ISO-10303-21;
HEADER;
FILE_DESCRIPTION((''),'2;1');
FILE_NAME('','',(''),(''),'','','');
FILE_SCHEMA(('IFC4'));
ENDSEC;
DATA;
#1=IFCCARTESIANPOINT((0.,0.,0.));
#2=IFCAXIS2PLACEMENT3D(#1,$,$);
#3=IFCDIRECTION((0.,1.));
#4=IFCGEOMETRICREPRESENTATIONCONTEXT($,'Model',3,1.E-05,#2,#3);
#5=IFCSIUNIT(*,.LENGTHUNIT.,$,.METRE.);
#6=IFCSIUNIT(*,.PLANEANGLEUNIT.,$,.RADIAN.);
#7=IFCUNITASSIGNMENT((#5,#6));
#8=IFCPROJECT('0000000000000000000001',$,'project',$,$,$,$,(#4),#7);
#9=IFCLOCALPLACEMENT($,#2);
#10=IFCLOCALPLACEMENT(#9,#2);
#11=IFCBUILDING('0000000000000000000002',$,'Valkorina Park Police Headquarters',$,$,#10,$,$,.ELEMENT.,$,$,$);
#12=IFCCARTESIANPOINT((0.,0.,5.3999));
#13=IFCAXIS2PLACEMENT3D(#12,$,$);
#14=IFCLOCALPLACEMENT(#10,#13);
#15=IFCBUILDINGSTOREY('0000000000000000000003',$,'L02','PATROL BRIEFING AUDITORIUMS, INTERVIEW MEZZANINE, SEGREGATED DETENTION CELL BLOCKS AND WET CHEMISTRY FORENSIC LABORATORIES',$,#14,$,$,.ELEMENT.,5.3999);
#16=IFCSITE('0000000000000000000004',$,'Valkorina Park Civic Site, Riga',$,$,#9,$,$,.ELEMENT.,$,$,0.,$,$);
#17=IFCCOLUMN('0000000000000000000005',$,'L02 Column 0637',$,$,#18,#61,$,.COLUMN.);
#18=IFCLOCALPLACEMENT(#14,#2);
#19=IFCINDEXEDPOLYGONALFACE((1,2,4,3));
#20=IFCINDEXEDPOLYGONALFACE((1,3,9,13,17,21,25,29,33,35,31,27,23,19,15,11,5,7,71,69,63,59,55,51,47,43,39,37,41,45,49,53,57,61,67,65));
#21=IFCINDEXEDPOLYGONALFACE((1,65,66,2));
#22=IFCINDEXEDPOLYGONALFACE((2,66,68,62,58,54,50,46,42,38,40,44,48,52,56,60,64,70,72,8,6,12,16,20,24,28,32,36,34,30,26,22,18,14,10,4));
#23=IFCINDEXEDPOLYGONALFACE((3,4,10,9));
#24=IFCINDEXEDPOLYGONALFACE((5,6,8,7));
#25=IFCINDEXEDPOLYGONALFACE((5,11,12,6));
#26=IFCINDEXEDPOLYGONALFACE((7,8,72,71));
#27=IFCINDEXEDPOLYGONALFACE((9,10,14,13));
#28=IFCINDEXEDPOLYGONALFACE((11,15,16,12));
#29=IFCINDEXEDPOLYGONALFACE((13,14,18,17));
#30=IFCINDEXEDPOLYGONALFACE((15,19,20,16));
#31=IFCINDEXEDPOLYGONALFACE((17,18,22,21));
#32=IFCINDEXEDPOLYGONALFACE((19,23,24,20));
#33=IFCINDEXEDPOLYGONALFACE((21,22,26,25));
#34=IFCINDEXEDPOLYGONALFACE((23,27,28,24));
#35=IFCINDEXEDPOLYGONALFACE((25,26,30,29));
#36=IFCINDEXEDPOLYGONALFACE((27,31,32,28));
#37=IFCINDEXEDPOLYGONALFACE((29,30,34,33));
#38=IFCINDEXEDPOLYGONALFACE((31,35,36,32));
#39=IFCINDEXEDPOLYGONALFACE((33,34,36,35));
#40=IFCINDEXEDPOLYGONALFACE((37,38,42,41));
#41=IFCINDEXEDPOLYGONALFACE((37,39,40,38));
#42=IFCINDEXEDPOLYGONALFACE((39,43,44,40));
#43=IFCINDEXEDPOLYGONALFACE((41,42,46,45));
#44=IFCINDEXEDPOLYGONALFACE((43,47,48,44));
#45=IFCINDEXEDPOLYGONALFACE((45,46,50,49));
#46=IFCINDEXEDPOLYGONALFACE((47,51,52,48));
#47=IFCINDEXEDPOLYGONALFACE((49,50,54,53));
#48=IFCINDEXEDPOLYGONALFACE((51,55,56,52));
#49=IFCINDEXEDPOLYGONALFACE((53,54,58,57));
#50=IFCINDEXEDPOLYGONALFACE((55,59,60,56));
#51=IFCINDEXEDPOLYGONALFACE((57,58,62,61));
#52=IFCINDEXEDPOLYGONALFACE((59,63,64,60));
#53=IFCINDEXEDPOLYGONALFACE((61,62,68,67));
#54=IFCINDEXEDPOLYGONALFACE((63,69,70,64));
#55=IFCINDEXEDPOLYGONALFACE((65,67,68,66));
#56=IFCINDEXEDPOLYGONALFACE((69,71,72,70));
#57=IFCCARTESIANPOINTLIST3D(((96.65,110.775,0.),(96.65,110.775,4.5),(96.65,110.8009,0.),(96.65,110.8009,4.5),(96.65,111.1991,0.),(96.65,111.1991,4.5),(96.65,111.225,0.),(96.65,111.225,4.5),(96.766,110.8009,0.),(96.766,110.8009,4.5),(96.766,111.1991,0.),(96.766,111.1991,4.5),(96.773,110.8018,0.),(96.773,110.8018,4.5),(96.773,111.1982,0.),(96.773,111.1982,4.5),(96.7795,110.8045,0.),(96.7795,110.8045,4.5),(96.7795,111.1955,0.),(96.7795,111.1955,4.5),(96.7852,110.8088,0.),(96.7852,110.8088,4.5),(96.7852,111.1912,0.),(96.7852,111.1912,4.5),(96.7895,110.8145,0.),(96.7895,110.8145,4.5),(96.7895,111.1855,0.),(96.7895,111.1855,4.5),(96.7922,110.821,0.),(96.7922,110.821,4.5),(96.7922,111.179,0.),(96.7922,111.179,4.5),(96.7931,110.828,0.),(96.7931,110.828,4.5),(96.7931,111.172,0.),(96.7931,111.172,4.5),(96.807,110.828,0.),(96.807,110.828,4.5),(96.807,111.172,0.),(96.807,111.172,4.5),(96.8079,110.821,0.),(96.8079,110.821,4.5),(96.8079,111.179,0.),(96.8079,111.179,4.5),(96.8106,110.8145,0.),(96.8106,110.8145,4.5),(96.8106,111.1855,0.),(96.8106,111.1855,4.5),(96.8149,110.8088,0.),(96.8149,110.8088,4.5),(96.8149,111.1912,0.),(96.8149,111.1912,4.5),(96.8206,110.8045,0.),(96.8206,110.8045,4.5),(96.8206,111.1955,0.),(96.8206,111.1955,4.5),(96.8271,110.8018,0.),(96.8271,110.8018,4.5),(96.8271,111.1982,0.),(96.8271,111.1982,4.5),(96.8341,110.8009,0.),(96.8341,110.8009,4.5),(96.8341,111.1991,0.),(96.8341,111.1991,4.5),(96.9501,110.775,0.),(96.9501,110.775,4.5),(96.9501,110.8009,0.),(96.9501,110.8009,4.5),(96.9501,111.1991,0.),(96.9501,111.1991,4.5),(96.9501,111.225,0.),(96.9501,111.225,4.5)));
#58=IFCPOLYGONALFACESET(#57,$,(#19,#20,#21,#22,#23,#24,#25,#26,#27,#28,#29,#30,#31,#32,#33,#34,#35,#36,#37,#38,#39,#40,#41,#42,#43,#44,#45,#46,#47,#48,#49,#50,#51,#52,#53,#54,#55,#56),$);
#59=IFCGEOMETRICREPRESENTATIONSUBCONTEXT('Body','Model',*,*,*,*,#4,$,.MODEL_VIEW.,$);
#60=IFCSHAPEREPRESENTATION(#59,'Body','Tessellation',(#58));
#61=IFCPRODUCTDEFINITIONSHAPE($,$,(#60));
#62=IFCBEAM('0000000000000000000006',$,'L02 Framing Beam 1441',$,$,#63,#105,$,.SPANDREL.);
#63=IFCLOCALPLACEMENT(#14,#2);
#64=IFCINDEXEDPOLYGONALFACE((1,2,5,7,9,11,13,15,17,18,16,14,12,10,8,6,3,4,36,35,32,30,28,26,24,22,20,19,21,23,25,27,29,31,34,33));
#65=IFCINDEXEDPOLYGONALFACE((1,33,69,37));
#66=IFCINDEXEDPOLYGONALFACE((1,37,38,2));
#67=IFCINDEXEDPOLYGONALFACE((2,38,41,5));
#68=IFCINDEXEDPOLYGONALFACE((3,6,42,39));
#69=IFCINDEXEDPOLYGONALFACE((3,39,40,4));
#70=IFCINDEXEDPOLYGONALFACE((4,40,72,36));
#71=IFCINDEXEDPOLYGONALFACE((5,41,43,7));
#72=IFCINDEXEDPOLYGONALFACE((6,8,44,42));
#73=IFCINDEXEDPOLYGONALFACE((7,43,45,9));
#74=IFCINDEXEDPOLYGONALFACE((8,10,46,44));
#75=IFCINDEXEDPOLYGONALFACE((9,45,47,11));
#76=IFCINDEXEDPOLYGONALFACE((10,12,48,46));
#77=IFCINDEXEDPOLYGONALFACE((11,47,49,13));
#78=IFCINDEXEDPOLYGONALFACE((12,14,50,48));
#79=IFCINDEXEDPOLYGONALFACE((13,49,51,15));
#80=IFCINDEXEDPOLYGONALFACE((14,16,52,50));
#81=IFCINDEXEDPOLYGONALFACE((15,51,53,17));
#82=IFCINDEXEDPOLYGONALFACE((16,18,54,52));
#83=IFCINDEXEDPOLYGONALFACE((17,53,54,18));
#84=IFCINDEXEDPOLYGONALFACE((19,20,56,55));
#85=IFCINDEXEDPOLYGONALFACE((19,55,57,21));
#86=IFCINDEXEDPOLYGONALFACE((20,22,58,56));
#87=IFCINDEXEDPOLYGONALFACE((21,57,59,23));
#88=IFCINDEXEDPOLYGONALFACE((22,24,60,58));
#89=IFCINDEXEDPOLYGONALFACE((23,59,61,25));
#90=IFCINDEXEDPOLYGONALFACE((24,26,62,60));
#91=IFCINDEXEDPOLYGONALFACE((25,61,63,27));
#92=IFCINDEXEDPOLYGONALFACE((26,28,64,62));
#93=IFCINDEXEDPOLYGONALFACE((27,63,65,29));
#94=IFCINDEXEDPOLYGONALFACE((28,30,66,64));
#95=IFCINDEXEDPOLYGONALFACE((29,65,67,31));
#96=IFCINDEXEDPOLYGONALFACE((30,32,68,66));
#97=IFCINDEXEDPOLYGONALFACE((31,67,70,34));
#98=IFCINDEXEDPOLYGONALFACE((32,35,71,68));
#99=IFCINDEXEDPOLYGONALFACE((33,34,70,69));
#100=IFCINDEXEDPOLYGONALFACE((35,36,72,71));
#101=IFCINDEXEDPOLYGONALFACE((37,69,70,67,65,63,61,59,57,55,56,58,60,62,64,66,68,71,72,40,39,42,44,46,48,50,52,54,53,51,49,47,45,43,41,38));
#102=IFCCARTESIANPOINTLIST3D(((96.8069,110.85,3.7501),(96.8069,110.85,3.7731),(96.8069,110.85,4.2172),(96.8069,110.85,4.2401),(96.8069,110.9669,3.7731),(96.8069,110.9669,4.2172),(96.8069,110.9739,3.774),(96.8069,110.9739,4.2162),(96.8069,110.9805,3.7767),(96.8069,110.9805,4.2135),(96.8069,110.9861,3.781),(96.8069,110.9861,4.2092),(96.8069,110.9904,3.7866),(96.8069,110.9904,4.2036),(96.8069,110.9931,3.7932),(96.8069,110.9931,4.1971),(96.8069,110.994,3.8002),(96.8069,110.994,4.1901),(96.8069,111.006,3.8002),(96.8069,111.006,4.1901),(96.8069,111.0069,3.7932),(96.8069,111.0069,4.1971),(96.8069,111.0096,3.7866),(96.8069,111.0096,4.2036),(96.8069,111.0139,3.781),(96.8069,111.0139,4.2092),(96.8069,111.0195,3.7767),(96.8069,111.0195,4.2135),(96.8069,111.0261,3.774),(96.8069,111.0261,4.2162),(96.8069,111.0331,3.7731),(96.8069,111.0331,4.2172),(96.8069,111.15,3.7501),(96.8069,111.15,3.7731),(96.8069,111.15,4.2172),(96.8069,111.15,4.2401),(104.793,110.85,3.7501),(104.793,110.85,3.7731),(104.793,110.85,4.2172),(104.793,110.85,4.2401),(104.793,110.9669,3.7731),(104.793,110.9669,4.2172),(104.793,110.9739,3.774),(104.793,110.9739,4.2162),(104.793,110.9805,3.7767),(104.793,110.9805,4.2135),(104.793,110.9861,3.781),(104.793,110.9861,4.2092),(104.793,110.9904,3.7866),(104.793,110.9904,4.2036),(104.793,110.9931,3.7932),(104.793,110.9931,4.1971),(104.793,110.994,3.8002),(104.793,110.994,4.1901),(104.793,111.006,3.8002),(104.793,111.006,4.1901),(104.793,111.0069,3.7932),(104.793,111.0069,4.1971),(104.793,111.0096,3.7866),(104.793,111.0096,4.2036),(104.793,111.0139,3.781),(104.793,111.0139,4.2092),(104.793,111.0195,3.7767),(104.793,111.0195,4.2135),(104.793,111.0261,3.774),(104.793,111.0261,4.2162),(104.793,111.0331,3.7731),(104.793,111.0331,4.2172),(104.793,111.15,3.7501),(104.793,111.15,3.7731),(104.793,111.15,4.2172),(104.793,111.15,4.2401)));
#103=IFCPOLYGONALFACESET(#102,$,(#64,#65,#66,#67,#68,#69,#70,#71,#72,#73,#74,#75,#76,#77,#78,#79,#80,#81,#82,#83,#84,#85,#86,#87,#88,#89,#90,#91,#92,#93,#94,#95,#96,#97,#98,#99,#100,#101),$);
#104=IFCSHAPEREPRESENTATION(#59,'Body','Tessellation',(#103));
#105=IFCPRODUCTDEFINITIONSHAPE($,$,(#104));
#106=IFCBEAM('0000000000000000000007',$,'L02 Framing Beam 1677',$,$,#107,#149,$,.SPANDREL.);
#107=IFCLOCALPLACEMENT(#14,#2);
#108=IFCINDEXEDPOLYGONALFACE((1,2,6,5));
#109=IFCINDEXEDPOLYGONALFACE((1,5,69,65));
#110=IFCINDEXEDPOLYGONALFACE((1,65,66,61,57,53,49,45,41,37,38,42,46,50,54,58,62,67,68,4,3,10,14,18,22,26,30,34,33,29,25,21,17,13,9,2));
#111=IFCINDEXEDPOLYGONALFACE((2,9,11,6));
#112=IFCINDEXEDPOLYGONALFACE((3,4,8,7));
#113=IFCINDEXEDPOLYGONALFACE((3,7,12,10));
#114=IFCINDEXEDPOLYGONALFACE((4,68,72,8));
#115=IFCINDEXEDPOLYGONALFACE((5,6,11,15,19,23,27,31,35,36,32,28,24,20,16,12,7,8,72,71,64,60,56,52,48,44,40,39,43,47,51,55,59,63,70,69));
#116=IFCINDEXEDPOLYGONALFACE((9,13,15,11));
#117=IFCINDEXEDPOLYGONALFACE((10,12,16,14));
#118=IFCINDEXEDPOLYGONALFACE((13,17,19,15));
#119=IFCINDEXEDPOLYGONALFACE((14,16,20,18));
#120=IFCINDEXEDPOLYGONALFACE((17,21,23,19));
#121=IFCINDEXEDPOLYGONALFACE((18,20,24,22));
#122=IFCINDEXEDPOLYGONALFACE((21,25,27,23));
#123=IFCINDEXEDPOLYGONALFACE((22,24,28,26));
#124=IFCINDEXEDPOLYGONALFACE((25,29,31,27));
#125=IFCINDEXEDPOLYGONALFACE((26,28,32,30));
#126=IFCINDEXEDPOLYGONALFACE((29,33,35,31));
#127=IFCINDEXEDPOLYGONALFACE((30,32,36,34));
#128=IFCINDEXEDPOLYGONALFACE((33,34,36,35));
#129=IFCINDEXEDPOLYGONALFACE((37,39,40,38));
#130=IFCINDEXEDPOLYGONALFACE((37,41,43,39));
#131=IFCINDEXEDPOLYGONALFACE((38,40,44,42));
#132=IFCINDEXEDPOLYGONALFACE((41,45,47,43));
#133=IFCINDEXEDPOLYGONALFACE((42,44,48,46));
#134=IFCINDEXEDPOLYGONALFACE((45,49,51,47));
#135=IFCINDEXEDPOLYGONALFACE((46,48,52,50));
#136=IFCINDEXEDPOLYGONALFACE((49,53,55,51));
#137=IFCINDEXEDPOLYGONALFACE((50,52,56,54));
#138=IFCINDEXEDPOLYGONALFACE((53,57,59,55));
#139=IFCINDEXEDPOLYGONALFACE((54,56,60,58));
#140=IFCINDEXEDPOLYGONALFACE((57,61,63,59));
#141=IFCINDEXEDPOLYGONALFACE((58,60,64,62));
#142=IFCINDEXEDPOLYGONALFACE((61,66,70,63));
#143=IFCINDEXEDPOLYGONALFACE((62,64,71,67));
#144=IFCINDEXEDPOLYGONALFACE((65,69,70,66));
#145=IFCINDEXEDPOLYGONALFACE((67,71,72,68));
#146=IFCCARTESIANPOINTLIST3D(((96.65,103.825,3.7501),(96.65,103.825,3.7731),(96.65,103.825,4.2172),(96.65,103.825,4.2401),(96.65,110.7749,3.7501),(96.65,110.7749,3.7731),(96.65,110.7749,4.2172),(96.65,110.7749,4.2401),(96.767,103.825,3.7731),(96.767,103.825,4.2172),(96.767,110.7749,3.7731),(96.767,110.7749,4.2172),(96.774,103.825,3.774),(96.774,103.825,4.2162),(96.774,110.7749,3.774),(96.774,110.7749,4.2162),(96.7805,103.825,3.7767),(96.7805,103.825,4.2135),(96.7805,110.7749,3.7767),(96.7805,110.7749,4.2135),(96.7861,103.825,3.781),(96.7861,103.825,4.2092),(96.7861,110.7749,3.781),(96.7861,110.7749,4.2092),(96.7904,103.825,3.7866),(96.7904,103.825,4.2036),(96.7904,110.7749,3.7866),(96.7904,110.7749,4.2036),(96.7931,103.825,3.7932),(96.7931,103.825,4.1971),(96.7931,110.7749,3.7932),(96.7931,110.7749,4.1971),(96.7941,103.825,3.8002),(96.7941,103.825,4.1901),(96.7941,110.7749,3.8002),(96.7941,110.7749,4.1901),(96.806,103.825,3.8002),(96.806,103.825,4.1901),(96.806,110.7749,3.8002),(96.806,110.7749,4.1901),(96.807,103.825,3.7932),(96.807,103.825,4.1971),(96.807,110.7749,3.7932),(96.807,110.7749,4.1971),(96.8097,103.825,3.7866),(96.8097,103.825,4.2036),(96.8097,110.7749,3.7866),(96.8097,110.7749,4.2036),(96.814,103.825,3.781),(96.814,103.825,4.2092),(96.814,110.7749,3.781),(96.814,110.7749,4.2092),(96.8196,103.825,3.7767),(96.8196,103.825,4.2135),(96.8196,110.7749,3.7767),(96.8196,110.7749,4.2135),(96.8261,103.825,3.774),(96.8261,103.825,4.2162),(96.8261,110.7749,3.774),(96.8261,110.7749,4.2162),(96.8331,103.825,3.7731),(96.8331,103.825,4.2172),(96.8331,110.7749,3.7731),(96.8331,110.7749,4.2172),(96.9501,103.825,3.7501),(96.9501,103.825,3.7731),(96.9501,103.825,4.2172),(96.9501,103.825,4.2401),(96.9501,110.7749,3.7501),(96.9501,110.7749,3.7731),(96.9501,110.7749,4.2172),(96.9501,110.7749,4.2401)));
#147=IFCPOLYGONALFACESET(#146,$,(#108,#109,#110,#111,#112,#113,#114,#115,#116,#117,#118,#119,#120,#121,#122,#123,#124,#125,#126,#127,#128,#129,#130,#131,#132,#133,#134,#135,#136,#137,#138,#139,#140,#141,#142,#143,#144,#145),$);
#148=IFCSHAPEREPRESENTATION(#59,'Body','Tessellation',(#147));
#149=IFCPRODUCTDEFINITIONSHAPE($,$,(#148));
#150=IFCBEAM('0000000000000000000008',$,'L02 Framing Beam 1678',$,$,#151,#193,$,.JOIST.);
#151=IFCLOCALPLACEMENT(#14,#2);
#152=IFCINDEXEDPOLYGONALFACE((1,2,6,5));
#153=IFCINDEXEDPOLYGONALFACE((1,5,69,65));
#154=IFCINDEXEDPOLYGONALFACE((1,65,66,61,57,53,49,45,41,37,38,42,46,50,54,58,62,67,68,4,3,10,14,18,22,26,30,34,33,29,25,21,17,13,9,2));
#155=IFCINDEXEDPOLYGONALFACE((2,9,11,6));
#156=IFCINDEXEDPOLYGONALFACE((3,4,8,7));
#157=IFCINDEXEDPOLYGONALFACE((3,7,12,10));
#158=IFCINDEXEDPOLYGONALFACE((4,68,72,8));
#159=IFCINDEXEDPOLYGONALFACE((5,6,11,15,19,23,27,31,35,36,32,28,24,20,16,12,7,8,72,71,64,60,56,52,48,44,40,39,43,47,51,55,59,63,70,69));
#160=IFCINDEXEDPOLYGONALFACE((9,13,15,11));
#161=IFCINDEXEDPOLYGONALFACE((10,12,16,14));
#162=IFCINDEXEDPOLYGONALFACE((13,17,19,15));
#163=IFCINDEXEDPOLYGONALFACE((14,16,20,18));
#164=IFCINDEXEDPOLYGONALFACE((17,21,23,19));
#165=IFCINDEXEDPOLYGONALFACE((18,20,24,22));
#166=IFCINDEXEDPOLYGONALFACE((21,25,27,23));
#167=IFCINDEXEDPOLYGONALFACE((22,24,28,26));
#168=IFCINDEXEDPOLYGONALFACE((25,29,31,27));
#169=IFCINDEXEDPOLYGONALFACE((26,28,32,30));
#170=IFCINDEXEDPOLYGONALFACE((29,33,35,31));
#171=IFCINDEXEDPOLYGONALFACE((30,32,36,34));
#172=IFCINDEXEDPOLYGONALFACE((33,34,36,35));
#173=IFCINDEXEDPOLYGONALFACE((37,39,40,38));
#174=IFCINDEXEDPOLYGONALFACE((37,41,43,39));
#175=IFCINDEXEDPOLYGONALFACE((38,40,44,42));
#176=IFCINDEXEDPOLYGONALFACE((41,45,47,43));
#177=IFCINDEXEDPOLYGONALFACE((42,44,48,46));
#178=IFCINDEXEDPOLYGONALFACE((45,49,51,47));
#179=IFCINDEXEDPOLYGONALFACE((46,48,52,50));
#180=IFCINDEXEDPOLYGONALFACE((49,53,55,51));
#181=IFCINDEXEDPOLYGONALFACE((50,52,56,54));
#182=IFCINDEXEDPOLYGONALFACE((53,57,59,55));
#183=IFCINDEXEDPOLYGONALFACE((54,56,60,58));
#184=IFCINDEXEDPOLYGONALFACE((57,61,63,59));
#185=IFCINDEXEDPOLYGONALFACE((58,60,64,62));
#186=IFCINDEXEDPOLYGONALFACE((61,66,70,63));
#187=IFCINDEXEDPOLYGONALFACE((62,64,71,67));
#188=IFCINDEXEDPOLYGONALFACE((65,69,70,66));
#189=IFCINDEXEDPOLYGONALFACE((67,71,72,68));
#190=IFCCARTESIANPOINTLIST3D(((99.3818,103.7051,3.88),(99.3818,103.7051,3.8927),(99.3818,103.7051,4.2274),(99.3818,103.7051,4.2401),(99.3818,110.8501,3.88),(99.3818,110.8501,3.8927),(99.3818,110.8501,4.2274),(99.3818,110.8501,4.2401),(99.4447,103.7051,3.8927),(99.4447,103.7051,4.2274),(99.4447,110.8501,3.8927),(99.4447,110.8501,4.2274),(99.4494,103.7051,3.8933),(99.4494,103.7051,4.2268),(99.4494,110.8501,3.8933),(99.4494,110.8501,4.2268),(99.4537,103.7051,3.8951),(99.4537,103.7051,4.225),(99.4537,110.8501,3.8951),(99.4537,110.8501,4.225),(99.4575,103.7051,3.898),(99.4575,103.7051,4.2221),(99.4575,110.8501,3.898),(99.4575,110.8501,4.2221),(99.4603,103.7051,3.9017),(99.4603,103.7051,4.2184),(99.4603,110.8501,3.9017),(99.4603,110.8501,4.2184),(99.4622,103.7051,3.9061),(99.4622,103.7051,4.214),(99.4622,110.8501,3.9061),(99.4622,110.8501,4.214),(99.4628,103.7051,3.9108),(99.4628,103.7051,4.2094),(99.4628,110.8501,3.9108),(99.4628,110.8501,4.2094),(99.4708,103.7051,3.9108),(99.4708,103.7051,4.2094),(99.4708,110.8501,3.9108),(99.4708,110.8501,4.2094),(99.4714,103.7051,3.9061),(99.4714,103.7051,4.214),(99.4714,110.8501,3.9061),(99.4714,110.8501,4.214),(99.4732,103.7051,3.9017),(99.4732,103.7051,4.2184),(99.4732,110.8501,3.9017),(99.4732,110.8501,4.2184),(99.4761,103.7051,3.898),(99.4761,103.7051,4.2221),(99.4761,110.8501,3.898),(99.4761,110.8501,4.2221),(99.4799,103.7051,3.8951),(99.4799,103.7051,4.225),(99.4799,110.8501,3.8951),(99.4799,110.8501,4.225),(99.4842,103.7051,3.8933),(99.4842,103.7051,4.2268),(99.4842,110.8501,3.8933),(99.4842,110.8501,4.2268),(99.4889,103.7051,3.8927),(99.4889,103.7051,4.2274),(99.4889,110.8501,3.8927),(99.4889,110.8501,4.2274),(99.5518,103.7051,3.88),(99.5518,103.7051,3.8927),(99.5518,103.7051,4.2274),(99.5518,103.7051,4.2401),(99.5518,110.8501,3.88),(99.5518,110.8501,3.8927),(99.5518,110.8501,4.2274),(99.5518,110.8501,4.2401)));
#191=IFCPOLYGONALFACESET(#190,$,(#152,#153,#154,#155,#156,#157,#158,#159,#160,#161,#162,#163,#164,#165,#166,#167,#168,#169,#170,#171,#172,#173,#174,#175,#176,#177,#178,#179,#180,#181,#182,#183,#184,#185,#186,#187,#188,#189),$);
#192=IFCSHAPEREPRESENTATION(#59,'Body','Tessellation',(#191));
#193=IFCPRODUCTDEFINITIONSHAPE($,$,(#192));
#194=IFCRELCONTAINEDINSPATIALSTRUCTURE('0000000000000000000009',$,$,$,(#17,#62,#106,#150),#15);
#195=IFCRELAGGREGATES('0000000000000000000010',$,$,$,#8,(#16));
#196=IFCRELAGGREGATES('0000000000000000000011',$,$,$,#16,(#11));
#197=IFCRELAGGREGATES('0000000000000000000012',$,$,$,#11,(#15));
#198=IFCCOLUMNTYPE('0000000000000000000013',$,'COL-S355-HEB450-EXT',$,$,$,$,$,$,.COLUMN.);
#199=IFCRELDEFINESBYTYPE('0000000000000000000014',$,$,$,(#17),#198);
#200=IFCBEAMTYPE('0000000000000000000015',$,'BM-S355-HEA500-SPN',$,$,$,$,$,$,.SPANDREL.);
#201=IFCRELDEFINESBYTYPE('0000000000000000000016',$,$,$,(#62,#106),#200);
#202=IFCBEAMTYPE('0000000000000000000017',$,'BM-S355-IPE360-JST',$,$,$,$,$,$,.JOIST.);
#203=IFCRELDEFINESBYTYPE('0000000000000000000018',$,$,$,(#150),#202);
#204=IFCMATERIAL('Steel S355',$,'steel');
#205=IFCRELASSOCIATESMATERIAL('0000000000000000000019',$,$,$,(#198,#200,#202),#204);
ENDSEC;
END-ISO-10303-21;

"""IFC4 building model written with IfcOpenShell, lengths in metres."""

from ifc_helpers import new_model, si_unit, direction, frame, origin, origin_2d, place, context, subcontext, project, spatial, i_section, extrude, material, material_profile, profile_set, type_object, element, save


model = new_model("IFC4")

# Units and contexts
model_context = context("Model", 3, precision=1e-05, world=origin(), true_north=direction((0.0, 1.0)))
body_context = subcontext(model_context, "Body", "Model", "MODEL_VIEW")
ifc_project = project(units=[si_unit("LENGTHUNIT", "METRE"), si_unit("PLANEANGLEUNIT", "RADIAN")], contexts=[model_context])

# Site, building, storey
site_placement = place(None, origin())
site = spatial("IfcSite", under=ifc_project, at=site_placement, Name="Valkorina Park Civic Site, Riga", CompositionType="ELEMENT", RefElevation=0.0)
building_placement = place(site_placement, origin())
building = spatial("IfcBuilding", under=site, at=building_placement, Name="Valkorina Park Police Headquarters", CompositionType="ELEMENT")
storey_placement = place(building_placement, frame((0.0, 0.0, 5.3999)))
storey = spatial("IfcBuildingStorey", under=building, at=storey_placement, Name="L02", Description="PATROL BRIEFING AUDITORIUMS, INTERVIEW MEZZANINE, SEGREGATED DETENTION CELL BLOCKS AND WET CHEMISTRY FORENSIC LABORATORIES", CompositionType="ELEMENT", Elevation=5.3999)

# Column
ifc_material_1 = material(Name="Steel S355", Category="steel")
ifc_material_profile_1 = material_profile(ifc_material_1, i_section(OverallWidth=0.3, OverallDepth=0.45, WebThickness=0.0139, FlangeThickness=0.0259, FilletRadius=0.0271, at=origin_2d()), Name="HEB 450")
ifc_profile_set_1 = profile_set([ifc_material_profile_1], Name="Steel S355")
column_type = type_object("IfcColumnType", Name="COL-S355-HEB450-EXT", PredefinedType="COLUMN", material=ifc_profile_set_1)
column_placement = place(storey_placement, frame((96.8, 111.0, 0.0), z_axis=(0.0, 0.0, 1.0), x_axis=(1.0, 0.0, 0.0)))
element("IfcColumn", 1, at=column_placement, inside=storey, type_object=column_type, Name="L02 Column 0637", PredefinedType="COLUMN", context=body_context, shape_type="SweptSolid", body=[
    extrude(i_section(OverallWidth=0.3, OverallDepth=0.45, WebThickness=0.0139, FlangeThickness=0.0259, FilletRadius=0.0271, at=origin_2d()), origin(), (0.0, 0.0, 1.0), 4.5),
])

# Beams
ifc_material_profile_2 = material_profile(ifc_material_1, i_section(OverallWidth=0.3, OverallDepth=0.49, WebThickness=0.012, FlangeThickness=0.0229, FilletRadius=0.0271, at=origin_2d()), Name="HEA 500")
ifc_profile_set_2 = profile_set([ifc_material_profile_2], Name="Steel S355")
beam_type_1 = type_object("IfcBeamType", Name="BM-S355-HEA500-SPN", PredefinedType="SPANDREL", material=ifc_profile_set_2)
beam_1_placement = place(storey_placement, frame((96.8069, 111.0, 3.9951), z_axis=(1.0, 0.0, 0.0), x_axis=(0.0, 1.0, 0.0)))
element("IfcBeam", 2, at=beam_1_placement, inside=storey, type_object=beam_type_1, Name="L02 Framing Beam 1441", PredefinedType="SPANDREL", context=body_context, shape_type="SweptSolid", body=[
    extrude(i_section(OverallWidth=0.3, OverallDepth=0.49, WebThickness=0.012, FlangeThickness=0.0229, FilletRadius=0.0271, at=origin_2d()), origin(), (0.0, 0.0, 1.0), 7.9861),
])
beam_2_placement = place(storey_placement, frame((96.8, 103.825, 3.9951), z_axis=(0.0, 1.0, 0.0), x_axis=(-1.0, 0.0, 0.0)))
element("IfcBeam", 3, at=beam_2_placement, inside=storey, type_object=beam_type_1, Name="L02 Framing Beam 1677", PredefinedType="SPANDREL", context=body_context, shape_type="SweptSolid", body=[
    extrude(i_section(OverallWidth=0.3, OverallDepth=0.49, WebThickness=0.012, FlangeThickness=0.0229, FilletRadius=0.0271, at=origin_2d()), origin(), (0.0, 0.0, 1.0), 6.95),
])
ifc_material_profile_3 = material_profile(ifc_material_1, i_section(OverallWidth=0.1699, OverallDepth=0.3601, WebThickness=0.0081, FlangeThickness=0.0127, FilletRadius=0.0181, at=origin_2d()), Name="IPE 360")
ifc_profile_set_3 = profile_set([ifc_material_profile_3], Name="Steel S355")
beam_type_2 = type_object("IfcBeamType", Name="BM-S355-IPE360-JST", PredefinedType="JOIST", material=ifc_profile_set_3)
beam_3_placement = place(storey_placement, frame((99.4668, 103.7051, 4.0601), z_axis=(0.0, 1.0, 0.0), x_axis=(-1.0, 0.0, 0.0)))
element("IfcBeam", 4, at=beam_3_placement, inside=storey, type_object=beam_type_2, Name="L02 Framing Beam 1678", PredefinedType="JOIST", context=body_context, shape_type="SweptSolid", body=[
    extrude(i_section(OverallWidth=0.1699, OverallDepth=0.3601, WebThickness=0.0081, FlangeThickness=0.0127, FilletRadius=0.0181, at=origin_2d()), origin(), (0.0, 0.0, 1.0), 7.145),
])

save(model, "model.ifc")
